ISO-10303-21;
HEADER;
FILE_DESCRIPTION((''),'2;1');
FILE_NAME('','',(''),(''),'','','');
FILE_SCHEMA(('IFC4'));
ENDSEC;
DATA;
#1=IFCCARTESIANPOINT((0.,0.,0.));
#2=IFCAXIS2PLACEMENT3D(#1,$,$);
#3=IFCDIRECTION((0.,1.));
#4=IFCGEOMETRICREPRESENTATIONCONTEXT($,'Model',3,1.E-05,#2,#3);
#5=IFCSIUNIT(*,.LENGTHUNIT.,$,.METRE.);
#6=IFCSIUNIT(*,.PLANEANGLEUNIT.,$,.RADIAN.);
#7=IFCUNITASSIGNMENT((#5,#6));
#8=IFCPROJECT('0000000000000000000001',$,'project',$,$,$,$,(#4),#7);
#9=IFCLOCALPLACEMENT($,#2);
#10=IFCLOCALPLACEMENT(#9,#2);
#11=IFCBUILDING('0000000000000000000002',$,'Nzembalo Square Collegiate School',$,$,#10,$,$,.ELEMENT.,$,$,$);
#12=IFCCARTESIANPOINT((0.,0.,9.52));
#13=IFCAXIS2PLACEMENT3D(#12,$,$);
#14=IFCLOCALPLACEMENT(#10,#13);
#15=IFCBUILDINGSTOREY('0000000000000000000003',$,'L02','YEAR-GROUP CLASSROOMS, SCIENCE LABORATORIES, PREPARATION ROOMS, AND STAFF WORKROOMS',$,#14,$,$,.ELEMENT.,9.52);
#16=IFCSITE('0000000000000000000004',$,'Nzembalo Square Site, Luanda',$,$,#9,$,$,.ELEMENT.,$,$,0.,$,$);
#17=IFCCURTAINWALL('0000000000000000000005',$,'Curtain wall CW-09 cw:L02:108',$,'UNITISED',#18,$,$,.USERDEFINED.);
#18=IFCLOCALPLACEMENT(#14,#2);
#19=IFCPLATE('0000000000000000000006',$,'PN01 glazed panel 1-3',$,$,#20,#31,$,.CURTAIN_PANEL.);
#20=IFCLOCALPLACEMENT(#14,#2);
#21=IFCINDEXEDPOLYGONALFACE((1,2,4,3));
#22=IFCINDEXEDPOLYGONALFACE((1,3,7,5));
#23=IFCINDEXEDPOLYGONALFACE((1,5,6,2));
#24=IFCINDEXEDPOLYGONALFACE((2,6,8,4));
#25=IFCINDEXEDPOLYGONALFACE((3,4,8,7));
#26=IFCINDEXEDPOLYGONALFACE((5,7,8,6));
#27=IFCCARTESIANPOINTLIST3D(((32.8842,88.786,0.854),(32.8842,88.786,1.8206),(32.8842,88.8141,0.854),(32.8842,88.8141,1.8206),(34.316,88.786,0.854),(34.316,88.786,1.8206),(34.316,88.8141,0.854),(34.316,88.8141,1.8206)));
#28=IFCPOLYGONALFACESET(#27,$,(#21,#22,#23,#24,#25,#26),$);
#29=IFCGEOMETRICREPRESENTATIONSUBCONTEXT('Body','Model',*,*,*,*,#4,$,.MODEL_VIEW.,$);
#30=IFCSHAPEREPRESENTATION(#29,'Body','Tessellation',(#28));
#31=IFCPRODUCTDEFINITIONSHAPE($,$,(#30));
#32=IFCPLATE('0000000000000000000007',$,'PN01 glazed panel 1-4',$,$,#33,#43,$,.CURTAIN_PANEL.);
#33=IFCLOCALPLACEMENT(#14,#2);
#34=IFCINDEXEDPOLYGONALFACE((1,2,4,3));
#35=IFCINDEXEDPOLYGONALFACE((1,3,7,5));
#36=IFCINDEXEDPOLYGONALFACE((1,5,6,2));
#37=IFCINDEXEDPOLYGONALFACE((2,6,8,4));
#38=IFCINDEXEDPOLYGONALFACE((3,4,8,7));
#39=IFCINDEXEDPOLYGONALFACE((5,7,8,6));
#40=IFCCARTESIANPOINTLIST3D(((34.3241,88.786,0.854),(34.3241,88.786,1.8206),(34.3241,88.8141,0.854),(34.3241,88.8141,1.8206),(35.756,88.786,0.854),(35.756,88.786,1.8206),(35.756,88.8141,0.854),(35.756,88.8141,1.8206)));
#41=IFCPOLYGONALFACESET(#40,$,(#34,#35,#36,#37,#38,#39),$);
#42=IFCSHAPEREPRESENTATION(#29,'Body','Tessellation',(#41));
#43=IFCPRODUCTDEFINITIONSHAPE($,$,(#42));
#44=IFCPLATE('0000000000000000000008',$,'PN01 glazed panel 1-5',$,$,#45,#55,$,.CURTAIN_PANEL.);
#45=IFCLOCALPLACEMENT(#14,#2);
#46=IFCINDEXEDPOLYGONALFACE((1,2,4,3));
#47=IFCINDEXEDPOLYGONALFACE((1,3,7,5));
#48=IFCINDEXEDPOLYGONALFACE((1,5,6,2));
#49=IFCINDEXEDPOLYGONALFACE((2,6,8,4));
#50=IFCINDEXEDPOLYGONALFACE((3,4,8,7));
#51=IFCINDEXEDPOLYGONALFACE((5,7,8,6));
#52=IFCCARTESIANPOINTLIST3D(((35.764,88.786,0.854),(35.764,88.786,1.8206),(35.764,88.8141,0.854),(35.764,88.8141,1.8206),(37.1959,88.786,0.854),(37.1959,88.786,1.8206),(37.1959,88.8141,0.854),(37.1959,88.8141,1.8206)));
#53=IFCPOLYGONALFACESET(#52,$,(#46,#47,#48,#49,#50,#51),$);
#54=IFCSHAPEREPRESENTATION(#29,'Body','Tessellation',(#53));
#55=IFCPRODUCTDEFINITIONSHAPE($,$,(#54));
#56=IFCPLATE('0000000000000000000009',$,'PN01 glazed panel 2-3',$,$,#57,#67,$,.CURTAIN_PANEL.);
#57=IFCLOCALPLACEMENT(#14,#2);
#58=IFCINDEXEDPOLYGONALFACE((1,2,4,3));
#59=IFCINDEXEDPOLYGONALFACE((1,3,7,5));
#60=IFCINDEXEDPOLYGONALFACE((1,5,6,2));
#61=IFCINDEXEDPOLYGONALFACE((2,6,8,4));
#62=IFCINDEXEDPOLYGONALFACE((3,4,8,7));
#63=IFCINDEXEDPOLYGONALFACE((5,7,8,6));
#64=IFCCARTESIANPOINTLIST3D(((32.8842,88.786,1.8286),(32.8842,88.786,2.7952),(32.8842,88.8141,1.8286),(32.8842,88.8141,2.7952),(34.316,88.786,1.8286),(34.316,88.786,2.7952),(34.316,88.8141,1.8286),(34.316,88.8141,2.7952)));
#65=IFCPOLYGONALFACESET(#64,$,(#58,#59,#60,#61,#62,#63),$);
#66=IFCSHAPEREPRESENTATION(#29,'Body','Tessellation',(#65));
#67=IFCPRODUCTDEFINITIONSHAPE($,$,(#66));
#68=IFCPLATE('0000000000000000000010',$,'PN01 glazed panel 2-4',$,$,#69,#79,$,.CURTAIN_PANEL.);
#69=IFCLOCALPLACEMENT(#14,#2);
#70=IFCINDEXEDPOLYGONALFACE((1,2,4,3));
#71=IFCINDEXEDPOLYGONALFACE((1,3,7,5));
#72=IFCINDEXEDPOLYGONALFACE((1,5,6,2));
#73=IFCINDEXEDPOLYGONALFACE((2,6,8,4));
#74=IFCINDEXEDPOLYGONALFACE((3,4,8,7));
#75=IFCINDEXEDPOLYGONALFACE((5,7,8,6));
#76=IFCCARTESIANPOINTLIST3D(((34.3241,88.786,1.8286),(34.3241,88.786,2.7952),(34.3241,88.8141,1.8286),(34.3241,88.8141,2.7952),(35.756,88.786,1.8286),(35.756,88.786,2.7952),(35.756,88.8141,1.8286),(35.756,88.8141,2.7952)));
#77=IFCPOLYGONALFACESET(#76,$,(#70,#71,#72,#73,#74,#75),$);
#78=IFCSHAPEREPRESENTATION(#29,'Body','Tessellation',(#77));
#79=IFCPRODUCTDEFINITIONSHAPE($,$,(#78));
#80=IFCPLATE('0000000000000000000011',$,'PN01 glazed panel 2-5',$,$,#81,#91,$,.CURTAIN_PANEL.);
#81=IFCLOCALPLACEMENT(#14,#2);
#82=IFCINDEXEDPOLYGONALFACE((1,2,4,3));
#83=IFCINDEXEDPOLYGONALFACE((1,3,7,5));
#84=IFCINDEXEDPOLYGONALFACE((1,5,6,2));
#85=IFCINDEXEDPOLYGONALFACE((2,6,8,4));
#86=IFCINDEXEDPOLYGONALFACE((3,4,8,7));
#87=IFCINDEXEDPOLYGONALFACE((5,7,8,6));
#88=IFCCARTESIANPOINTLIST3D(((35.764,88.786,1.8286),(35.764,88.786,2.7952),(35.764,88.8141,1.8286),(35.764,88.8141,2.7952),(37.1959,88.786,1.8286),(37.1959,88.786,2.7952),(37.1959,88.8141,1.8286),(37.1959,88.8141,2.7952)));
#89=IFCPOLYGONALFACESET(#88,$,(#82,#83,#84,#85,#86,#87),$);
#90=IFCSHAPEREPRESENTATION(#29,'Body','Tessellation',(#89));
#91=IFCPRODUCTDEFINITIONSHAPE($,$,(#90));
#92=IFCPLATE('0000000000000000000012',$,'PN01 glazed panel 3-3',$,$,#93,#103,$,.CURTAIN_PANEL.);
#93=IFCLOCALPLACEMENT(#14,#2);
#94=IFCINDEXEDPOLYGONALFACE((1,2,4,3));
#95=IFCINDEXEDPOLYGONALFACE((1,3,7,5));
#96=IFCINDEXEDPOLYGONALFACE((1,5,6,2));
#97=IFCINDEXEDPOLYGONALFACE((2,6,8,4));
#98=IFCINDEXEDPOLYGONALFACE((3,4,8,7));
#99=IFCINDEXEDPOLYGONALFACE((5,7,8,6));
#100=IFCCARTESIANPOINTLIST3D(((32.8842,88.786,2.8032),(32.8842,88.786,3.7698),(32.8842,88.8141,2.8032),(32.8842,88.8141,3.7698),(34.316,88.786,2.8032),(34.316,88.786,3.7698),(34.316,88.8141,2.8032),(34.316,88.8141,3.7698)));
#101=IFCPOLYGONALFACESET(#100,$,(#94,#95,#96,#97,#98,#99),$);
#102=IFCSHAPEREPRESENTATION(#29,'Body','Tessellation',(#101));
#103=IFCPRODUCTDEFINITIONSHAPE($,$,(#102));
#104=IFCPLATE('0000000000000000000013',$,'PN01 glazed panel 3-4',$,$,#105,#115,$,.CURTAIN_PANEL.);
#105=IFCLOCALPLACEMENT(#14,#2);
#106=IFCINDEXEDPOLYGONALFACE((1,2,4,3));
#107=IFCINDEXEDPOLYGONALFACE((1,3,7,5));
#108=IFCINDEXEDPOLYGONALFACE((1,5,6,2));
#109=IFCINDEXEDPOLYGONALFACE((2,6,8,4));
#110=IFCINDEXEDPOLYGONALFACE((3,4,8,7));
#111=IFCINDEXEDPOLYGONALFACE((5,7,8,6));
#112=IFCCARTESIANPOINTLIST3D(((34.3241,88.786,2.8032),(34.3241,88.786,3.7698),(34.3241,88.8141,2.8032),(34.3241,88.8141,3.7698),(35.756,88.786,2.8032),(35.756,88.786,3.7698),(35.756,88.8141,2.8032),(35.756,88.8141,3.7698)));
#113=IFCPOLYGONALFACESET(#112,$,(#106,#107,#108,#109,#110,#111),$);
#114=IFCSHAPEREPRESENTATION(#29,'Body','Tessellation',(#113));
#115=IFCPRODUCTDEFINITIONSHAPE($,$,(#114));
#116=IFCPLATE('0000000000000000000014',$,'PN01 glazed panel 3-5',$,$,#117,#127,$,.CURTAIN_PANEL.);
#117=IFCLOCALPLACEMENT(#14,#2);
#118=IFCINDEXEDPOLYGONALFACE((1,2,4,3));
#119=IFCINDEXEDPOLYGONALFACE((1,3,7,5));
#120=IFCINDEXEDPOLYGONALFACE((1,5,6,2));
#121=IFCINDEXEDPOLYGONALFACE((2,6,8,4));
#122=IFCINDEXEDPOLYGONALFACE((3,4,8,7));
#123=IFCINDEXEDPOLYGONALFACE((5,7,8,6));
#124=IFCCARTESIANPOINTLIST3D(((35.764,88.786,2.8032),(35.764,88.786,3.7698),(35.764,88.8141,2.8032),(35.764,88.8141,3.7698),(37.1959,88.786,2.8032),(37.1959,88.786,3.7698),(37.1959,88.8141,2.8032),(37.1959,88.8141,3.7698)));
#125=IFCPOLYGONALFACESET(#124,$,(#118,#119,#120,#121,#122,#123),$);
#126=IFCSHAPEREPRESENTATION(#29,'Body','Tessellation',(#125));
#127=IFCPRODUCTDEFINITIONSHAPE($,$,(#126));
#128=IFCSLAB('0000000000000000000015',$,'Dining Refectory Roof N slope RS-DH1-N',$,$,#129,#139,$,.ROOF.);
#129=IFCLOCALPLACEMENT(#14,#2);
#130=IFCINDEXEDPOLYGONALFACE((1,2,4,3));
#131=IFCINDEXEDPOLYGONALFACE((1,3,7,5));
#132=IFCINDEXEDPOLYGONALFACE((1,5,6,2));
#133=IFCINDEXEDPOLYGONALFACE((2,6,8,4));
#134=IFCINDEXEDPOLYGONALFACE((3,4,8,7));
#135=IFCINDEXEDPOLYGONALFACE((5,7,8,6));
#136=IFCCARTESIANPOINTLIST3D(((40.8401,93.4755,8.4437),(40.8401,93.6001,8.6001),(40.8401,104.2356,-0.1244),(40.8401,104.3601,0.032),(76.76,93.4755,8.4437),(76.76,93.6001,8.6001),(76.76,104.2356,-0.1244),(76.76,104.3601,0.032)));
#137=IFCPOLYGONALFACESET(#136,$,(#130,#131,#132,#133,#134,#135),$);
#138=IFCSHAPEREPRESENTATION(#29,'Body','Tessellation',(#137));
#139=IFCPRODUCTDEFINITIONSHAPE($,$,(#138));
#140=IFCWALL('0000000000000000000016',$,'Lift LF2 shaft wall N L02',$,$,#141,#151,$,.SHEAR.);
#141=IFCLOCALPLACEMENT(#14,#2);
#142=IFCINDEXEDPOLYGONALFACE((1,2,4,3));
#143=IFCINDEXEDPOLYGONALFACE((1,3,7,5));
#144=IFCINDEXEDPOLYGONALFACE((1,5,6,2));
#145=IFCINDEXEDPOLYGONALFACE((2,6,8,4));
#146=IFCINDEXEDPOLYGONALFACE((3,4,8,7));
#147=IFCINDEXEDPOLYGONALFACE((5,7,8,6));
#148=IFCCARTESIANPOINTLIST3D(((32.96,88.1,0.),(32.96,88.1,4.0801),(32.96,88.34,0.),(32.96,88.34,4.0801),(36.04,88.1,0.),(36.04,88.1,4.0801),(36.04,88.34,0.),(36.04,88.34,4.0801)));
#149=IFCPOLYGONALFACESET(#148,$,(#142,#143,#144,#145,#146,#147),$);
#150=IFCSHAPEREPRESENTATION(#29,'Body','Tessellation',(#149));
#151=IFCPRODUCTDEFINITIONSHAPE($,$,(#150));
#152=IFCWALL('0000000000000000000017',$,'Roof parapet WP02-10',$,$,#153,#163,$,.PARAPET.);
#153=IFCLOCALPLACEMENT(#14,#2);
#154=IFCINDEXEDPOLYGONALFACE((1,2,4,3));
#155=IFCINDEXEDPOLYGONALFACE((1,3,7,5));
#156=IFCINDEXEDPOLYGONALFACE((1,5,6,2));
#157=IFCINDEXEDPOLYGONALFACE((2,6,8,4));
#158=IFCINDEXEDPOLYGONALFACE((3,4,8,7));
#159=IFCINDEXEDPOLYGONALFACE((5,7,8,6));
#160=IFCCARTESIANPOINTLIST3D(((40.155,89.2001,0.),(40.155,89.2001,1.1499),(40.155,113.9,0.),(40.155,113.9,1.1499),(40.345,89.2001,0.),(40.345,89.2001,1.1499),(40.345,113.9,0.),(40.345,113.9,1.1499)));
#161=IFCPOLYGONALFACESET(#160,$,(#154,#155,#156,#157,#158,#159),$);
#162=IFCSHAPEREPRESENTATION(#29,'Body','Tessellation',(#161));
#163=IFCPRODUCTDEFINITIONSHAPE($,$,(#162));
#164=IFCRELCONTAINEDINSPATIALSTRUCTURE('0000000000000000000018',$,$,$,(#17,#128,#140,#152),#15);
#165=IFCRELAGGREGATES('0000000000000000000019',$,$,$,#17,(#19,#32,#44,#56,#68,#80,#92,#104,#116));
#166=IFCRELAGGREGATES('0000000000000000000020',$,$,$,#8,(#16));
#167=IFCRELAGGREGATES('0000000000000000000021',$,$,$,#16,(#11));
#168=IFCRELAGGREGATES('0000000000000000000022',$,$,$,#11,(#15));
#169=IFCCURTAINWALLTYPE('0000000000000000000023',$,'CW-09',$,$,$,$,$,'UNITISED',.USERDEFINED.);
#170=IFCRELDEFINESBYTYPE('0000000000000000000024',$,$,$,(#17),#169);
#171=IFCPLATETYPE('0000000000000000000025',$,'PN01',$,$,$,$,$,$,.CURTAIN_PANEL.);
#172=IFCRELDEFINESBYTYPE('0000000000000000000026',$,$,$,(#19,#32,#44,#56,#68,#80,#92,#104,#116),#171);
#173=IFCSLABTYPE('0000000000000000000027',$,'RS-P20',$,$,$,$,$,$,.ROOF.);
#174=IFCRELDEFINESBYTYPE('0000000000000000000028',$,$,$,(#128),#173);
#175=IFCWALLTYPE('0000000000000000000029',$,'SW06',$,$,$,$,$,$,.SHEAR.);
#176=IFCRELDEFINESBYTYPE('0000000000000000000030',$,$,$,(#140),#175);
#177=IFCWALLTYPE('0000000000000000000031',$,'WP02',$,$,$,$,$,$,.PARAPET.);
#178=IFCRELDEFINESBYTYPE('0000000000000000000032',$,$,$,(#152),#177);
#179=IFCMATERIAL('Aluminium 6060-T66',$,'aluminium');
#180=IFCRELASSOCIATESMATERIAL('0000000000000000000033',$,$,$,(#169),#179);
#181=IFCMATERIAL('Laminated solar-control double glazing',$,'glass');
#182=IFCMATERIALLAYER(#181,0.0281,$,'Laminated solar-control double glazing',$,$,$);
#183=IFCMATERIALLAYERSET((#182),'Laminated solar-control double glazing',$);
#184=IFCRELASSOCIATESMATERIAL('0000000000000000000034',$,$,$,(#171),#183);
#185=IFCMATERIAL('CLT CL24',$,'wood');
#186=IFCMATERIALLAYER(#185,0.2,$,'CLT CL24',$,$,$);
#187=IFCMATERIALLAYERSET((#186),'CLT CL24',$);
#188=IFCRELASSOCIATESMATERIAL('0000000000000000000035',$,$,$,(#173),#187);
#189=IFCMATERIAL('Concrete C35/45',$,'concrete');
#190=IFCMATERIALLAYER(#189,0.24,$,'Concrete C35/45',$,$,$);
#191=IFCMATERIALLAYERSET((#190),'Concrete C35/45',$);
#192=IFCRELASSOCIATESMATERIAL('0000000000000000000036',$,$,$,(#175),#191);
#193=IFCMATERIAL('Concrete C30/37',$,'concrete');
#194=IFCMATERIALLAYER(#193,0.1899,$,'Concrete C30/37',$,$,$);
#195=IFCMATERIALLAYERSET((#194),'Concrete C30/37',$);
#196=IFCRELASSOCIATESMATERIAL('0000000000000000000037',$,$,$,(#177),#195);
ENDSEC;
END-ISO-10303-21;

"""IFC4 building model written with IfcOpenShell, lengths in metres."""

from ifc_helpers import new_model, si_unit, direction, frame, frame_2d, origin, origin_2d, place, context, subcontext, project, spatial, polyline, rectangle, outline, extrude, material, layer, layer_set, type_object, element, aggregate, save


model = new_model("IFC4")

# Units and contexts
model_context = context("Model", 3, precision=1e-05, world=origin(), true_north=direction((0.0, 1.0)))
body_context = subcontext(model_context, "Body", "Model", "MODEL_VIEW")
ifc_project = project(units=[si_unit("LENGTHUNIT", "METRE"), si_unit("PLANEANGLEUNIT", "RADIAN")], contexts=[model_context])

# Site, building, storey
site_placement = place(None, origin())
site = spatial("IfcSite", under=ifc_project, at=site_placement, Name="Nzembalo Square Site, Luanda", CompositionType="ELEMENT", RefElevation=0.0)
building_placement = place(site_placement, origin())
building = spatial("IfcBuilding", under=site, at=building_placement, Name="Nzembalo Square Collegiate School", CompositionType="ELEMENT")
storey_placement = place(building_placement, frame((0.0, 0.0, 9.52)))
storey = spatial("IfcBuildingStorey", under=building, at=storey_placement, Name="L02", Description="YEAR-GROUP CLASSROOMS, SCIENCE LABORATORIES, PREPARATION ROOMS, AND STAFF WORKROOMS", CompositionType="ELEMENT", Elevation=9.52)

# Curtain wall
ifc_material_1 = material(Name="Aluminium 6060-T66", Category="aluminium")
curtain_wall_type_1 = type_object("IfcCurtainWallType", Name="CW-09", ElementType="UNITISED", PredefinedType="USERDEFINED", material=ifc_material_1)
curtain_wall_1_placement = place(storey_placement, origin())
curtain_wall_1 = element("IfcCurtainWall", 1, at=curtain_wall_1_placement, inside=storey, type_object=curtain_wall_type_1, Name="Curtain wall CW-09 cw:L02:108", ObjectType="UNITISED", PredefinedType="USERDEFINED")

# Plates
ifc_material_2 = material(Name="Laminated solar-control double glazing", Category="glass")
ifc_layer_1 = layer(ifc_material_2, 0.0281, Name="Laminated solar-control double glazing")
ifc_layer_set_1 = layer_set([ifc_layer_1], Name="Laminated solar-control double glazing")
plate_type = type_object("IfcPlateType", Name="PN01", PredefinedType="CURTAIN_PANEL", material=ifc_layer_set_1)
plate_1_placement = place(storey_placement, frame((33.6001, 88.8, 0.854), z_axis=(0.0, 0.0, 1.0), x_axis=(1.0, 0.0, 0.0)))
plate_1 = element("IfcPlate", 2, at=plate_1_placement, type_object=plate_type, Name="PN01 glazed panel 1-3", PredefinedType="CURTAIN_PANEL", context=body_context, shape_type="SweptSolid", body=[
    extrude(rectangle(XDim=1.4319, YDim=0.0281, at=origin_2d()), origin(), (0.0, 0.0, 1.0), 0.9666),
])
plate_2_placement = place(storey_placement, frame((35.04, 88.8, 0.854), z_axis=(0.0, 0.0, 1.0), x_axis=(1.0, 0.0, 0.0)))
plate_2 = element("IfcPlate", 3, at=plate_2_placement, type_object=plate_type, Name="PN01 glazed panel 1-4", PredefinedType="CURTAIN_PANEL", context=body_context, shape_type="SweptSolid", body=[
    extrude(rectangle(XDim=1.4319, YDim=0.0281, at=origin_2d()), origin(), (0.0, 0.0, 1.0), 0.9666),
])
plate_3_placement = place(storey_placement, frame((36.48, 88.8, 0.854), z_axis=(0.0, 0.0, 1.0), x_axis=(1.0, 0.0, 0.0)))
plate_3 = element("IfcPlate", 4, at=plate_3_placement, type_object=plate_type, Name="PN01 glazed panel 1-5", PredefinedType="CURTAIN_PANEL", context=body_context, shape_type="SweptSolid", body=[
    extrude(rectangle(XDim=1.4319, YDim=0.0281, at=origin_2d()), origin(), (0.0, 0.0, 1.0), 0.9666),
])
plate_4_placement = place(storey_placement, frame((33.6001, 88.8, 1.8286), z_axis=(0.0, 0.0, 1.0), x_axis=(1.0, 0.0, 0.0)))
plate_4 = element("IfcPlate", 5, at=plate_4_placement, type_object=plate_type, Name="PN01 glazed panel 2-3", PredefinedType="CURTAIN_PANEL", context=body_context, shape_type="SweptSolid", body=[
    extrude(rectangle(XDim=1.4319, YDim=0.0281, at=origin_2d()), origin(), (0.0, 0.0, 1.0), 0.9666),
])
plate_5_placement = place(storey_placement, frame((35.04, 88.8, 1.8286), z_axis=(0.0, 0.0, 1.0), x_axis=(1.0, 0.0, 0.0)))
plate_5 = element("IfcPlate", 6, at=plate_5_placement, type_object=plate_type, Name="PN01 glazed panel 2-4", PredefinedType="CURTAIN_PANEL", context=body_context, shape_type="SweptSolid", body=[
    extrude(rectangle(XDim=1.4319, YDim=0.0281, at=origin_2d()), origin(), (0.0, 0.0, 1.0), 0.9666),
])
plate_6_placement = place(storey_placement, frame((36.48, 88.8, 1.8286), z_axis=(0.0, 0.0, 1.0), x_axis=(1.0, 0.0, 0.0)))
plate_6 = element("IfcPlate", 7, at=plate_6_placement, type_object=plate_type, Name="PN01 glazed panel 2-5", PredefinedType="CURTAIN_PANEL", context=body_context, shape_type="SweptSolid", body=[
    extrude(rectangle(XDim=1.4319, YDim=0.0281, at=origin_2d()), origin(), (0.0, 0.0, 1.0), 0.9666),
])
plate_7_placement = place(storey_placement, frame((33.6001, 88.8, 2.8032), z_axis=(0.0, 0.0, 1.0), x_axis=(1.0, 0.0, 0.0)))
plate_7 = element("IfcPlate", 8, at=plate_7_placement, type_object=plate_type, Name="PN01 glazed panel 3-3", PredefinedType="CURTAIN_PANEL", context=body_context, shape_type="SweptSolid", body=[
    extrude(rectangle(XDim=1.4319, YDim=0.0281, at=origin_2d()), origin(), (0.0, 0.0, 1.0), 0.9666),
])
plate_8_placement = place(storey_placement, frame((35.04, 88.8, 2.8032), z_axis=(0.0, 0.0, 1.0), x_axis=(1.0, 0.0, 0.0)))
plate_8 = element("IfcPlate", 9, at=plate_8_placement, type_object=plate_type, Name="PN01 glazed panel 3-4", PredefinedType="CURTAIN_PANEL", context=body_context, shape_type="SweptSolid", body=[
    extrude(rectangle(XDim=1.4319, YDim=0.0281, at=origin_2d()), origin(), (0.0, 0.0, 1.0), 0.9666),
])
plate_9_placement = place(storey_placement, frame((36.48, 88.8, 2.8032), z_axis=(0.0, 0.0, 1.0), x_axis=(1.0, 0.0, 0.0)))
plate_9 = element("IfcPlate", 10, at=plate_9_placement, type_object=plate_type, Name="PN01 glazed panel 3-5", PredefinedType="CURTAIN_PANEL", context=body_context, shape_type="SweptSolid", body=[
    extrude(rectangle(XDim=1.4319, YDim=0.0281, at=origin_2d()), origin(), (0.0, 0.0, 1.0), 0.9666),
])
aggregate(curtain_wall_1, [plate_1, plate_2, plate_3, plate_4, plate_5, plate_6, plate_7, plate_8, plate_9])

# Slab
ifc_material_3 = material(Name="CLT CL24", Category="wood")
ifc_layer_2 = layer(ifc_material_3, 0.2, Name="CLT CL24")
ifc_layer_set_2 = layer_set([ifc_layer_2], Name="CLT CL24")
slab_type = type_object("IfcSlabType", Name="RS-P20", PredefinedType="ROOF", material=ifc_layer_set_2)
slab_placement = place(storey_placement, frame((40.8401, 93.6001, 8.6001), z_axis=(0.0, 0.622925, 0.782282), x_axis=(1.0, 0.0, 0.0)))
element("IfcSlab", 11, at=slab_placement, inside=storey, type_object=slab_type, Name="Dining Refectory Roof N slope RS-DH1-N", PredefinedType="ROOF", context=body_context, shape_type="SweptSolid", body=[
    extrude(outline(polyline([(0.0, 0.0), (35.9199, 0.0), (35.9199, 13.7547), (0.0, 13.7547), (0.0, 0.0)])), origin(), (0.0, 0.0, -1.0), 0.2),
])

# Walls
ifc_material_4 = material(Name="Concrete C35/45", Category="concrete")
ifc_layer_3 = layer(ifc_material_4, 0.24, Name="Concrete C35/45")
ifc_layer_set_3 = layer_set([ifc_layer_3], Name="Concrete C35/45")
wall_type_1 = type_object("IfcWallType", Name="SW06", PredefinedType="SHEAR", material=ifc_layer_set_3)
wall_1_placement = place(storey_placement, frame((32.96, 88.22, 0.0), z_axis=(0.0, 0.0, 1.0), x_axis=(1.0, 0.0, 0.0)))
element("IfcWall", 12, at=wall_1_placement, inside=storey, type_object=wall_type_1, Name="Lift LF2 shaft wall N L02", PredefinedType="SHEAR", context=body_context, shape_type="SweptSolid", body=[
    extrude(rectangle(XDim=3.0801, YDim=0.24, at=frame_2d((1.54, 0.0))), origin(), (0.0, 0.0, 1.0), 4.0801),
])
ifc_material_5 = material(Name="Concrete C30/37", Category="concrete")
ifc_layer_4 = layer(ifc_material_5, 0.1899, Name="Concrete C30/37")
ifc_layer_set_4 = layer_set([ifc_layer_4], Name="Concrete C30/37")
wall_type_2 = type_object("IfcWallType", Name="WP02", PredefinedType="PARAPET", material=ifc_layer_set_4)
wall_2_placement = place(storey_placement, frame((40.25, 89.2, 0.0), z_axis=(0.0, 0.0, 1.0), x_axis=(0.0, 1.0, 0.0)))
element("IfcWall", 13, at=wall_2_placement, inside=storey, type_object=wall_type_2, Name="Roof parapet WP02-10", PredefinedType="PARAPET", context=body_context, shape_type="SweptSolid", body=[
    extrude(rectangle(XDim=24.7, YDim=0.1899, at=frame_2d((12.3501, 0.0))), origin(), (0.0, 0.0, 1.0), 1.1499),
])

save(model, "model.ifc")
